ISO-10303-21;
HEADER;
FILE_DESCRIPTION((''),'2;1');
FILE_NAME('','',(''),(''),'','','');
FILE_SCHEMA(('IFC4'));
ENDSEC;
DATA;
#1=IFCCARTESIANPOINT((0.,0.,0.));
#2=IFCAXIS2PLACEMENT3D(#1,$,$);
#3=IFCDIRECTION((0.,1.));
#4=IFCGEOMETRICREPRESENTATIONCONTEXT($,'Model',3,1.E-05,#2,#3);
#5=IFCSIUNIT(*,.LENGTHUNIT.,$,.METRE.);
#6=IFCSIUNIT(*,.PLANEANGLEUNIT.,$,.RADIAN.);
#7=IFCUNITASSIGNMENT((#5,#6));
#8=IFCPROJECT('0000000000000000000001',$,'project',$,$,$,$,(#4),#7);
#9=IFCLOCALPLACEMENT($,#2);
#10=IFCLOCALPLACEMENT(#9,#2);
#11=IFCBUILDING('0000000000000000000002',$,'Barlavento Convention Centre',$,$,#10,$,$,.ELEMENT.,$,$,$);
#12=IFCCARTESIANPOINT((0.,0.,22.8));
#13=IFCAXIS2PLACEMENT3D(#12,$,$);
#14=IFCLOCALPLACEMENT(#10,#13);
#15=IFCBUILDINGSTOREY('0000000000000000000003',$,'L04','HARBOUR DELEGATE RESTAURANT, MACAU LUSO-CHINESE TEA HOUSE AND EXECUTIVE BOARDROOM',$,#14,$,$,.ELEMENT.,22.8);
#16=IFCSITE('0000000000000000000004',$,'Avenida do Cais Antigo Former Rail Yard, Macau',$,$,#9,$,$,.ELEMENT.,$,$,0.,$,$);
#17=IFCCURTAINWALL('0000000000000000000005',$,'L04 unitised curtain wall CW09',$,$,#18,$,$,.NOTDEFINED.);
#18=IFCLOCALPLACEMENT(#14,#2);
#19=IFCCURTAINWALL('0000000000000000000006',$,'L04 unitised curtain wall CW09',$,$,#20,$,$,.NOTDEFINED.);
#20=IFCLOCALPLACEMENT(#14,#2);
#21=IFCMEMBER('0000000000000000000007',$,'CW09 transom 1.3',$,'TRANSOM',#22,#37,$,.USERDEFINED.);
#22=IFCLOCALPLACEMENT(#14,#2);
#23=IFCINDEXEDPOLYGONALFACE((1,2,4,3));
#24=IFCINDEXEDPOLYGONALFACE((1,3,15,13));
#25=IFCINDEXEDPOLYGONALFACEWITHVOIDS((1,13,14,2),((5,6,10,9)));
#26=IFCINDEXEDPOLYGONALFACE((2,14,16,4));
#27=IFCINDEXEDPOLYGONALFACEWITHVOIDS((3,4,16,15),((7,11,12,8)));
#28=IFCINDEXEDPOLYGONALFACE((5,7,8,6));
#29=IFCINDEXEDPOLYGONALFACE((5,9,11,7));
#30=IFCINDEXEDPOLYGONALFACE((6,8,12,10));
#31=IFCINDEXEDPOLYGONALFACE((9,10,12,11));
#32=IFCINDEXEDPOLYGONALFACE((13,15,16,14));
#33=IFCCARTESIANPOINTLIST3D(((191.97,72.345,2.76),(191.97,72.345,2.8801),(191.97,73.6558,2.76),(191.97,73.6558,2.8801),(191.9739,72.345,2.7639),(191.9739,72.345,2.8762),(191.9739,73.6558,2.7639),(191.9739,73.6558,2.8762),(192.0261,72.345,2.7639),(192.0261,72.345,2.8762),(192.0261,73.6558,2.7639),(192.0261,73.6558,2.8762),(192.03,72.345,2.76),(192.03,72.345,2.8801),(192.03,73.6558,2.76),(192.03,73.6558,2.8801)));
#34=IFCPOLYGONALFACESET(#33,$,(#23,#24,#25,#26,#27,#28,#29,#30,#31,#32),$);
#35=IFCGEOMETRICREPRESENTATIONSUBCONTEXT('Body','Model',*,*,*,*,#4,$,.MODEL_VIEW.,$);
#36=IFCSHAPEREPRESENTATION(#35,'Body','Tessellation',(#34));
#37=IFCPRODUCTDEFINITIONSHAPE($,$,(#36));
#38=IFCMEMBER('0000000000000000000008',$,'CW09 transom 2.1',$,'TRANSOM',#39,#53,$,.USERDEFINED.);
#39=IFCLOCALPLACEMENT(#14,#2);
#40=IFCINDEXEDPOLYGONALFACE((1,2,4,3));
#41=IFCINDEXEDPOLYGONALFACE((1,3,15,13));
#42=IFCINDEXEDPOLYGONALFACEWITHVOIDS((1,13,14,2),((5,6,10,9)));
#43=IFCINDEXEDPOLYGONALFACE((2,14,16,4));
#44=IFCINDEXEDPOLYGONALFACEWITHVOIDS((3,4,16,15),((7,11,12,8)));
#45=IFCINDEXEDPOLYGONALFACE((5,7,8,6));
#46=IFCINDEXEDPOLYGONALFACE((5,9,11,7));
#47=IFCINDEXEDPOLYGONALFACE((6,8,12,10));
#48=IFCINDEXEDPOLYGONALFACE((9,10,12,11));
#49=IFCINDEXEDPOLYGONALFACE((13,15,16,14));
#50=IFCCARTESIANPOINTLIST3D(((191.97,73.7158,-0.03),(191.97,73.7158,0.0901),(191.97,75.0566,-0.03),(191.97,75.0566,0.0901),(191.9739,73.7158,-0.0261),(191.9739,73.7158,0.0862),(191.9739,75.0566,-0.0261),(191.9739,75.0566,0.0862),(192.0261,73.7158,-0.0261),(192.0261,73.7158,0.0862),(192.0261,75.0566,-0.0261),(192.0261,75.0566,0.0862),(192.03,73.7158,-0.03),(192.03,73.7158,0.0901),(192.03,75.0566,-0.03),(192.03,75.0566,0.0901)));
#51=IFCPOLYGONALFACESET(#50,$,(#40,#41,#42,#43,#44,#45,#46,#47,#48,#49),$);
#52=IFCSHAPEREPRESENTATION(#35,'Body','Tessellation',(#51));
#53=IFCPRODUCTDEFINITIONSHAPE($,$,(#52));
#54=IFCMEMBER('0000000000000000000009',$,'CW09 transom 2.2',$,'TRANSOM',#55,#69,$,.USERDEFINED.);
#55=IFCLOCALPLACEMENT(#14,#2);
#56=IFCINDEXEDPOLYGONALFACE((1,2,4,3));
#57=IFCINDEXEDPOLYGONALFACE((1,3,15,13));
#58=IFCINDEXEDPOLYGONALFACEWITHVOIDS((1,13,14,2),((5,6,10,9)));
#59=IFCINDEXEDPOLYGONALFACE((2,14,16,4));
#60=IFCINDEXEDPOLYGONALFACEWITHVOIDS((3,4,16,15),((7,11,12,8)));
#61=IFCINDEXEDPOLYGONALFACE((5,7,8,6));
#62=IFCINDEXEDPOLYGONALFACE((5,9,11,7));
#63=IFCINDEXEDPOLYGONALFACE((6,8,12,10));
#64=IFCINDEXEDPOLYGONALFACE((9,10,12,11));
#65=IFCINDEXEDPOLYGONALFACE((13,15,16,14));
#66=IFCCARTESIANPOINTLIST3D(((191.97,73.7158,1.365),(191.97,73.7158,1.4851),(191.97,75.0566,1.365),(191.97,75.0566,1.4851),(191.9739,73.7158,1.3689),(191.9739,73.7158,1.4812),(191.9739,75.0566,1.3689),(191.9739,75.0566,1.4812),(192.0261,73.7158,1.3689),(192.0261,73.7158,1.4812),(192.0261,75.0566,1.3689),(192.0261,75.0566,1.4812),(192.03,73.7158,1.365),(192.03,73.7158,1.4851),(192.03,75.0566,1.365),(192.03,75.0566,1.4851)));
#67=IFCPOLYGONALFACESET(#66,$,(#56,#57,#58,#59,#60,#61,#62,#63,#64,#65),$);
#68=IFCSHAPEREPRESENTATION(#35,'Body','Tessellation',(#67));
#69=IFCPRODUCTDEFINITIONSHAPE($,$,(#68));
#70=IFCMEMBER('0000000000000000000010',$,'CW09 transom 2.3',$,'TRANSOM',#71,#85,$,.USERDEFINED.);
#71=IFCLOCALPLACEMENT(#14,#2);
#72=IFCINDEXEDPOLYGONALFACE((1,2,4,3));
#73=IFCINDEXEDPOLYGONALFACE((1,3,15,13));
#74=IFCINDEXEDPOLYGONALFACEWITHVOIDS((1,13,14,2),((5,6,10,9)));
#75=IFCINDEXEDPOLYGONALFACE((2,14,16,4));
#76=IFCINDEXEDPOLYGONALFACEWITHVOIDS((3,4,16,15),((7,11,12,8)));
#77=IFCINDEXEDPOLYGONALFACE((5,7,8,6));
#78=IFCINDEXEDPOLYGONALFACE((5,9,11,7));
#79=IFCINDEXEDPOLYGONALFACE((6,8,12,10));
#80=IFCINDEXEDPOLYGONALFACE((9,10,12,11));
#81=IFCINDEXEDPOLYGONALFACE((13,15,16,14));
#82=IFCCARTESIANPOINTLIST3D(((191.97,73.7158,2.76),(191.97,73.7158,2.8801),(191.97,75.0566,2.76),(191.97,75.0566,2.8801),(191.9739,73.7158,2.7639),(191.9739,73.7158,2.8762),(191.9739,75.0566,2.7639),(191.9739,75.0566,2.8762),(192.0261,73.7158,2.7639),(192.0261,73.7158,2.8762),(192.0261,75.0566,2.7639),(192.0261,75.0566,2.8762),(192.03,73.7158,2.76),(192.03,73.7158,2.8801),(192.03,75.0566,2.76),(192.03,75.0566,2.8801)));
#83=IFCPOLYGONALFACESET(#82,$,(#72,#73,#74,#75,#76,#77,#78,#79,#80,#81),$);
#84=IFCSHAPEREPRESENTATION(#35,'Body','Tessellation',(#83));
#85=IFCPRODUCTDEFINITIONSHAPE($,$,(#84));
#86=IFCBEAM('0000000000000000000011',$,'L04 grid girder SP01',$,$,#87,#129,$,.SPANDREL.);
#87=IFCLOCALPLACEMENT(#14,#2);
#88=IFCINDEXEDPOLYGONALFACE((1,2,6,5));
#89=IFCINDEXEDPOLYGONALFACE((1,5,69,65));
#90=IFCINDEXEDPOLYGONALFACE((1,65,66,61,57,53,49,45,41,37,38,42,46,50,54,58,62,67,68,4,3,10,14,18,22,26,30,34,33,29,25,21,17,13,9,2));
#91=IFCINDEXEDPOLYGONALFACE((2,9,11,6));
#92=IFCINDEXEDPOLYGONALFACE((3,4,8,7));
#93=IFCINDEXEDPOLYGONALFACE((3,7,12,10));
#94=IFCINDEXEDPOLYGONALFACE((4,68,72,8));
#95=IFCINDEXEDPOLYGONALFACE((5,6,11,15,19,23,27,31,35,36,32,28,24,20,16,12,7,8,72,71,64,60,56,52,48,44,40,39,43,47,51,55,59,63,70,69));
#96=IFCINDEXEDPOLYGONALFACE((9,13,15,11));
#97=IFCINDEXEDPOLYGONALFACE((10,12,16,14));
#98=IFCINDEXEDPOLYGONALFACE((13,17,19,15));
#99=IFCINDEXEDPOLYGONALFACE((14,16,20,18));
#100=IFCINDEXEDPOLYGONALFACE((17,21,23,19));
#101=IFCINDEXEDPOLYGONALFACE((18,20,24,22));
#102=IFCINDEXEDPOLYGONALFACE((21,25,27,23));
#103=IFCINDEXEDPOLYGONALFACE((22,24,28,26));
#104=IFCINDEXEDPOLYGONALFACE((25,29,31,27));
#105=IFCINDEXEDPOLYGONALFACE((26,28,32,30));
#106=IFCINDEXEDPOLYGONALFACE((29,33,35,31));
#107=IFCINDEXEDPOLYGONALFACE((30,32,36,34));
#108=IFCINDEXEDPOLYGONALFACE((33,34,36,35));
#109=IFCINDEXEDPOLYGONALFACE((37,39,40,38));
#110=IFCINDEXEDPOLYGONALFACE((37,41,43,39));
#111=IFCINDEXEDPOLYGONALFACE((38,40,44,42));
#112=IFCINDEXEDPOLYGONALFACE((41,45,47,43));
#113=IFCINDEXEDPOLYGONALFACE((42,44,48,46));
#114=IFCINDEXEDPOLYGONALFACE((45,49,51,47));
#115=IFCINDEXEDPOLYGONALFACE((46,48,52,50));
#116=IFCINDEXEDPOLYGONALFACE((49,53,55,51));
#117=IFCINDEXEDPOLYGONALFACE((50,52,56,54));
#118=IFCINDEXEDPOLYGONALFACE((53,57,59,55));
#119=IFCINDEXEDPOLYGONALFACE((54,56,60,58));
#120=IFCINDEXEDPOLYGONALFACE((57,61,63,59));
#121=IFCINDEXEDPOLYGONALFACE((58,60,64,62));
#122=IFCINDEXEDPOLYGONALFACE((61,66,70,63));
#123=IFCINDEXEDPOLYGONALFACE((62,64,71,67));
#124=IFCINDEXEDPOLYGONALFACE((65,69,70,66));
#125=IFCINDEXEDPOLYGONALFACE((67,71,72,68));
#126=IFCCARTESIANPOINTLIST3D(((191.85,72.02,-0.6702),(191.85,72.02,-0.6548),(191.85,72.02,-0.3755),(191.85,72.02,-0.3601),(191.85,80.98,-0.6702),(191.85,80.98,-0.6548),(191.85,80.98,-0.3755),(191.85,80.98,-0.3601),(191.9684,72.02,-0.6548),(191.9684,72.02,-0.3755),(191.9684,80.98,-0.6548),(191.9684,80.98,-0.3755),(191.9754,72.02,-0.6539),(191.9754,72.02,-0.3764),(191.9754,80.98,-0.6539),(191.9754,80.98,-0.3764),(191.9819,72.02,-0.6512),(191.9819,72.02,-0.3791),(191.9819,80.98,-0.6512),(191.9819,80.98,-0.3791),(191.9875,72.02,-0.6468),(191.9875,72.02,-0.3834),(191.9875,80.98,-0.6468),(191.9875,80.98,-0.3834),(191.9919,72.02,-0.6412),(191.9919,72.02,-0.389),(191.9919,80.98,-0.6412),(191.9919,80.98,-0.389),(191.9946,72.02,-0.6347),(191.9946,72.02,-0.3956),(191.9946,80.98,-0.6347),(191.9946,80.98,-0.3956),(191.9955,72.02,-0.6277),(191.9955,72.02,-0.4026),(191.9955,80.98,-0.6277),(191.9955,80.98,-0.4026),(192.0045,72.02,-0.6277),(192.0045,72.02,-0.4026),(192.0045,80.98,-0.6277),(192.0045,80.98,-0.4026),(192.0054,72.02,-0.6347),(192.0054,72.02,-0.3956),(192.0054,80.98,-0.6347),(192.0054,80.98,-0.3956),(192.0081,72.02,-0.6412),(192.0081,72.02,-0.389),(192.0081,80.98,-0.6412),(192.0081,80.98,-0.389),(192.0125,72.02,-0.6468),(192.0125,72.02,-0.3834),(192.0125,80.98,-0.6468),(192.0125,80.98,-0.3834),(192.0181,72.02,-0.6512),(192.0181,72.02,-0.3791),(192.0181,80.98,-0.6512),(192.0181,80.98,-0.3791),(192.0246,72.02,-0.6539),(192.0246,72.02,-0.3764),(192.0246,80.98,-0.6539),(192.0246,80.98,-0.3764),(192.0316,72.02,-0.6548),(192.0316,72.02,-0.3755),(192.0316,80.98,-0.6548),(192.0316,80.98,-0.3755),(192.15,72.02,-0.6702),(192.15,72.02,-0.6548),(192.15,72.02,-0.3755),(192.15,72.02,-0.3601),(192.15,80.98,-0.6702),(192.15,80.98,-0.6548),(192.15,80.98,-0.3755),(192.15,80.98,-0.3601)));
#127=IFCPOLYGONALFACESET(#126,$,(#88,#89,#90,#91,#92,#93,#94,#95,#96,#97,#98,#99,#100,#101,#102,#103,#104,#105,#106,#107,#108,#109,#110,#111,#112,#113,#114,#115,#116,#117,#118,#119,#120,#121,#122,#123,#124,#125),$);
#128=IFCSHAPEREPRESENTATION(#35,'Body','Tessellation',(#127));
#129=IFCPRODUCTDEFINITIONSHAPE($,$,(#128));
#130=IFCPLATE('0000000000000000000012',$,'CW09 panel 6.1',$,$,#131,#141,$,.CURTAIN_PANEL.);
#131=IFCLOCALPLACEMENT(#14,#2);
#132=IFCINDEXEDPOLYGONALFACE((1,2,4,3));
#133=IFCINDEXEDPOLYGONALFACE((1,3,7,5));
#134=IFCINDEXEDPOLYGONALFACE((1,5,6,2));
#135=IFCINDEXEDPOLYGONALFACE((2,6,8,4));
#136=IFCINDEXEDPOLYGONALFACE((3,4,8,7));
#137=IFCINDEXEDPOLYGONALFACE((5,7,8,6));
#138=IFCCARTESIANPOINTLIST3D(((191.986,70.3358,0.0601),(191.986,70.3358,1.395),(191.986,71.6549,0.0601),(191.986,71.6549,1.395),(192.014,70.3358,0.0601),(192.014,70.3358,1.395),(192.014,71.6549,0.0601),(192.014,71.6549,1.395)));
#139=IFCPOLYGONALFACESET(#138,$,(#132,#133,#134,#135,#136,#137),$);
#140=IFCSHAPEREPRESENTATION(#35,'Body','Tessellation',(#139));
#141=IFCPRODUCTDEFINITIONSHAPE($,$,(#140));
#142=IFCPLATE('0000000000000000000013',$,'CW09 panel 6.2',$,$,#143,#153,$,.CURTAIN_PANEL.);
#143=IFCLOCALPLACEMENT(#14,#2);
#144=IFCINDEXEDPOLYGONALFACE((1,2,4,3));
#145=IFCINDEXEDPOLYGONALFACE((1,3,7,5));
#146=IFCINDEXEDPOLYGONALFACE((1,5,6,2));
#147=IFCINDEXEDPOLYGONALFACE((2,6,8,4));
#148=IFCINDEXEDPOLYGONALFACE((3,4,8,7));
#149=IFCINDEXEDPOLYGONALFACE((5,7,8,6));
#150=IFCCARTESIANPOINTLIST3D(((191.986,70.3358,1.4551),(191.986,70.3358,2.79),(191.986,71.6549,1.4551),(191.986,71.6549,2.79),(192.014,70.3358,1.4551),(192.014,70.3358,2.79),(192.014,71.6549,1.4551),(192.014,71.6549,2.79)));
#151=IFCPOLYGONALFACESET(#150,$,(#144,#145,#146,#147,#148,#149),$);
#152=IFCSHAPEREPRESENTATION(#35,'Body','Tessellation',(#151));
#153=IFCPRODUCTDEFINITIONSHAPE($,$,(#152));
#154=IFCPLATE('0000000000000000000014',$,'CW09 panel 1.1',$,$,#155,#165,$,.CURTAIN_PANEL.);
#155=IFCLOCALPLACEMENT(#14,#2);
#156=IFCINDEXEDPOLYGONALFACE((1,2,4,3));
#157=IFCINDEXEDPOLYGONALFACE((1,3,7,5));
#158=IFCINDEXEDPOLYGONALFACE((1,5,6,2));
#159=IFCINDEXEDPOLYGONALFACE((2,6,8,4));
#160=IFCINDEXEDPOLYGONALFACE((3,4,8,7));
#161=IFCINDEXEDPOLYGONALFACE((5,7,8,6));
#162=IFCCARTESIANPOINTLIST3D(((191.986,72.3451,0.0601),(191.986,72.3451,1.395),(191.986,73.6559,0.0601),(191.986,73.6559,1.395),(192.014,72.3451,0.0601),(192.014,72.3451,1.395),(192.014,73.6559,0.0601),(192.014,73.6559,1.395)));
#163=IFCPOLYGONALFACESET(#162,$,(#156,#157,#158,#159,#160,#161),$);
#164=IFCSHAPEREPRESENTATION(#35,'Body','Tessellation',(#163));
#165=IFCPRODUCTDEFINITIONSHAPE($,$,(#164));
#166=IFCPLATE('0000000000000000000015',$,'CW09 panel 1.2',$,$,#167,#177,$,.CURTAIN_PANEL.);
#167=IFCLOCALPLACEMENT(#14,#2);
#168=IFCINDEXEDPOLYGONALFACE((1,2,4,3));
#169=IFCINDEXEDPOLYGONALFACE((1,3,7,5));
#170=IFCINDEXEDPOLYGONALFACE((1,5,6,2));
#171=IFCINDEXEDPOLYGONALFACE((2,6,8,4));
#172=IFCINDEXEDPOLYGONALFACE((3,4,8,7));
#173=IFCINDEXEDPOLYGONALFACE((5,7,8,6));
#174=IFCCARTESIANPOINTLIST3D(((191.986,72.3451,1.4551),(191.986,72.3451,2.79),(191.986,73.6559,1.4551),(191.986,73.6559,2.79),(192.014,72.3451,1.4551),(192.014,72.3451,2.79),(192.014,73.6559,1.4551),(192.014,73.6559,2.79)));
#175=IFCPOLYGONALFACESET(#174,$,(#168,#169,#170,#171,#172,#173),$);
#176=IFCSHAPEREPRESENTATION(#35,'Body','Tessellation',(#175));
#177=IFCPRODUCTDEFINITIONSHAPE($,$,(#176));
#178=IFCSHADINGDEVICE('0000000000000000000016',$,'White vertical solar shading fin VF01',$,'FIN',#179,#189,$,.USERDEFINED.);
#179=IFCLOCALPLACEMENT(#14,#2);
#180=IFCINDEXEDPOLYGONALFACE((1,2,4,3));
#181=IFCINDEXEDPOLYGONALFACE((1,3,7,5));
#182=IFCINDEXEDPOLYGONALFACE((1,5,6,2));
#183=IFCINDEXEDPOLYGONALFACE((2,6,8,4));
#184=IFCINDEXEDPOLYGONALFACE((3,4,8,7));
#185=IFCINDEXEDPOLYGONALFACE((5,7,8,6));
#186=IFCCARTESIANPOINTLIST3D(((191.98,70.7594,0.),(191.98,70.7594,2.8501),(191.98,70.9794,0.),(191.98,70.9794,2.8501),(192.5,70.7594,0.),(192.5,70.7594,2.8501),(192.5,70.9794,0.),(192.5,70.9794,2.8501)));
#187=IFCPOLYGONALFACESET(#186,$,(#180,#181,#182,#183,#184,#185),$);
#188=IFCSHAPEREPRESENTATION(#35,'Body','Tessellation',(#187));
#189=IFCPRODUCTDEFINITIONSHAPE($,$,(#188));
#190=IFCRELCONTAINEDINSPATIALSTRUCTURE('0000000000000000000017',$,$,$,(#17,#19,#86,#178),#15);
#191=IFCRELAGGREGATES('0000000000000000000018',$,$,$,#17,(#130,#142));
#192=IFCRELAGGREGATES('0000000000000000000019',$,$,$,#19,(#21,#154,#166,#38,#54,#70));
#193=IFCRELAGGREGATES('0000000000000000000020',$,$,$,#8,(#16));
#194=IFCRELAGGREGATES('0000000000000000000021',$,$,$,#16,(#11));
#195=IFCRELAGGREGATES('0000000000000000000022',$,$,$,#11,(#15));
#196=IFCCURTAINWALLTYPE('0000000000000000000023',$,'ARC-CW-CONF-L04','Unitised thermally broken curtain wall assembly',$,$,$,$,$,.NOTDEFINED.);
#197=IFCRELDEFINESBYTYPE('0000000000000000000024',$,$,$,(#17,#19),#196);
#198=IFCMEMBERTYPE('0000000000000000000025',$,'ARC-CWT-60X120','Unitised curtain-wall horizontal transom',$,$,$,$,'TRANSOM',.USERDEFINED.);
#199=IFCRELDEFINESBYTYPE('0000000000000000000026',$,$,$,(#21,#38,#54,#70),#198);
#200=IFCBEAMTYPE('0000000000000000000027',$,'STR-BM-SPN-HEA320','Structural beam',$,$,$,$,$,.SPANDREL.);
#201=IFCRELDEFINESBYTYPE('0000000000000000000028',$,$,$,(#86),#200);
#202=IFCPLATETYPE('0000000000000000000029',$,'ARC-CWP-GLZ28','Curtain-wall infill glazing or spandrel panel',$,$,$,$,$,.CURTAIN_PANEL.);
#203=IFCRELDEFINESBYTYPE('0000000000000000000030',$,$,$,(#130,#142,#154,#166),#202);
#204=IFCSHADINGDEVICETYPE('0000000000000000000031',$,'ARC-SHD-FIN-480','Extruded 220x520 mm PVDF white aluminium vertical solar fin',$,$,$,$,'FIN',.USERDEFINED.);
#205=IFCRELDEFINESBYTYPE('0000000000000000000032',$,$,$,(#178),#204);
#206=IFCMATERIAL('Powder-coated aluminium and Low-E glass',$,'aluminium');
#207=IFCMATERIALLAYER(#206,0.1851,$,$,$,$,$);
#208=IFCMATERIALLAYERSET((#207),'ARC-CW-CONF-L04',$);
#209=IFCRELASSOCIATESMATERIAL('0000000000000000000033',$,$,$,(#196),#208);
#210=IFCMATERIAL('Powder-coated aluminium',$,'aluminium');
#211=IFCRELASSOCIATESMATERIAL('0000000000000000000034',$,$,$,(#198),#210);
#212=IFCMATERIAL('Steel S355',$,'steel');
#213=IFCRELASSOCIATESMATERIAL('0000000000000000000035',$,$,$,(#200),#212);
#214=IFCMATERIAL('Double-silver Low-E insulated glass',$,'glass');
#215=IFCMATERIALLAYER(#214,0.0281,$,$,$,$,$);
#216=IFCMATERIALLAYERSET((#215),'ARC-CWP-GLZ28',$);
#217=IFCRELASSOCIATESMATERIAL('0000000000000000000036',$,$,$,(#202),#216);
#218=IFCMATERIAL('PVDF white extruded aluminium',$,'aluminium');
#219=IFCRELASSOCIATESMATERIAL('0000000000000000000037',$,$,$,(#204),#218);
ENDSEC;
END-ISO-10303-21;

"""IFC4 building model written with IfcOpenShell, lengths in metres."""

from ifc_helpers import new_model, si_unit, direction, frame, origin, origin_2d, place, context, subcontext, project, spatial, rectangle, hollow_rectangle, i_section, extrude, material, layer, layer_set, material_profile, profile_set, type_object, element, aggregate, save


model = new_model("IFC4")

# Units and contexts
model_context = context("Model", 3, precision=1e-05, world=origin(), true_north=direction((0.0, 1.0)))
body_context = subcontext(model_context, "Body", "Model", "MODEL_VIEW")
ifc_project = project(units=[si_unit("LENGTHUNIT", "METRE"), si_unit("PLANEANGLEUNIT", "RADIAN")], contexts=[model_context])

# Site, building, storey
site_placement = place(None, origin())
site = spatial("IfcSite", under=ifc_project, at=site_placement, Name="Avenida do Cais Antigo Former Rail Yard, Macau", CompositionType="ELEMENT", RefElevation=0.0)
building_placement = place(site_placement, origin())
building = spatial("IfcBuilding", under=site, at=building_placement, Name="Barlavento Convention Centre", CompositionType="ELEMENT")
storey_placement = place(building_placement, frame((0.0, 0.0, 22.8)))
storey = spatial("IfcBuildingStorey", under=building, at=storey_placement, Name="L04", Description="HARBOUR DELEGATE RESTAURANT, MACAU LUSO-CHINESE TEA HOUSE AND EXECUTIVE BOARDROOM", CompositionType="ELEMENT", Elevation=22.8)

# Shared definitions
ifc_material_1 = material(Name="Steel S355", Category="steel")

# Curtain wall
ifc_material_2 = material(Name="Powder-coated aluminium and Low-E glass", Category="aluminium")
ifc_layer_1 = layer(ifc_material_2, 0.1851)
ifc_layer_set_1 = layer_set([ifc_layer_1], Name="ARC-CW-CONF-L04")
curtain_wall_type = type_object("IfcCurtainWallType", Name="ARC-CW-CONF-L04", Description="Unitised thermally broken curtain wall assembly", PredefinedType="NOTDEFINED", material=ifc_layer_set_1)
curtain_wall_1_placement = place(storey_placement, origin())
curtain_wall_1 = element("IfcCurtainWall", 1, at=curtain_wall_1_placement, inside=storey, type_object=curtain_wall_type, Name="L04 unitised curtain wall CW09", PredefinedType="NOTDEFINED")
ifc_material_3 = material(Name="Powder-coated aluminium", Category="aluminium")

# Curtain wall
curtain_wall_2_placement = place(storey_placement, origin())
curtain_wall_2 = element("IfcCurtainWall", 2, at=curtain_wall_2_placement, inside=storey, type_object=curtain_wall_type, Name="L04 unitised curtain wall CW09", PredefinedType="NOTDEFINED")

# Members
ifc_material_profile_1 = material_profile(ifc_material_3, hollow_rectangle(XDim=0.0601, YDim=0.1201, WallThickness=0.0039, at=origin_2d()), Name="AL-TRAN 60x120x4")
ifc_profile_set_1 = profile_set([ifc_material_profile_1], Name="Powder-coated aluminium")
member_type_1 = type_object("IfcMemberType", Name="ARC-CWT-60X120", Description="Unitised curtain-wall horizontal transom", ElementType="TRANSOM", PredefinedType="USERDEFINED", material=ifc_profile_set_1)
member_1_placement = place(storey_placement, frame((192.0, 72.345, 2.8201), z_axis=(0.0, 1.0, 0.0), x_axis=(-1.0, 0.0, 0.0)))
member_1 = element("IfcMember", 3, at=member_1_placement, type_object=member_type_1, Name="CW09 transom 1.3", ObjectType="TRANSOM", PredefinedType="USERDEFINED", context=body_context, shape_type="SweptSolid", body=[
    extrude(hollow_rectangle(XDim=0.0601, YDim=0.1201, WallThickness=0.0039, at=origin_2d()), origin(), (0.0, 0.0, 1.0), 1.3108),
])
member_2_placement = place(storey_placement, frame((192.0, 73.7158, 0.03), z_axis=(0.0, 1.0, 0.0), x_axis=(-1.0, 0.0, 0.0)))
member_2 = element("IfcMember", 4, at=member_2_placement, type_object=member_type_1, Name="CW09 transom 2.1", ObjectType="TRANSOM", PredefinedType="USERDEFINED", context=body_context, shape_type="SweptSolid", body=[
    extrude(hollow_rectangle(XDim=0.0601, YDim=0.1201, WallThickness=0.0039, at=origin_2d()), origin(), (0.0, 0.0, 1.0), 1.3408),
])
member_3_placement = place(storey_placement, frame((192.0, 73.7158, 1.425), z_axis=(0.0, 1.0, 0.0), x_axis=(-1.0, 0.0, 0.0)))
member_3 = element("IfcMember", 5, at=member_3_placement, type_object=member_type_1, Name="CW09 transom 2.2", ObjectType="TRANSOM", PredefinedType="USERDEFINED", context=body_context, shape_type="SweptSolid", body=[
    extrude(hollow_rectangle(XDim=0.0601, YDim=0.1201, WallThickness=0.0039, at=origin_2d()), origin(), (0.0, 0.0, 1.0), 1.3408),
])
member_4_placement = place(storey_placement, frame((192.0, 73.7158, 2.8201), z_axis=(0.0, 1.0, 0.0), x_axis=(-1.0, 0.0, 0.0)))
member_4 = element("IfcMember", 6, at=member_4_placement, type_object=member_type_1, Name="CW09 transom 2.3", ObjectType="TRANSOM", PredefinedType="USERDEFINED", context=body_context, shape_type="SweptSolid", body=[
    extrude(hollow_rectangle(XDim=0.0601, YDim=0.1201, WallThickness=0.0039, at=origin_2d()), origin(), (0.0, 0.0, 1.0), 1.3408),
])

# Beam
ifc_material_profile_2 = material_profile(ifc_material_1, i_section(OverallWidth=0.3, OverallDepth=0.3101, WebThickness=0.009, FlangeThickness=0.0154, FilletRadius=0.0271, at=origin_2d()), Name="HEA 320")
ifc_profile_set_2 = profile_set([ifc_material_profile_2], Name="Steel S355")
beam_type = type_object("IfcBeamType", Name="STR-BM-SPN-HEA320", Description="Structural beam", PredefinedType="SPANDREL", material=ifc_profile_set_2)
beam_placement = place(storey_placement, frame((192.0, 72.02, -0.5151), z_axis=(0.0, 1.0, 0.0), x_axis=(-1.0, 0.0, 0.0)))
element("IfcBeam", 7, at=beam_placement, inside=storey, type_object=beam_type, Name="L04 grid girder SP01", PredefinedType="SPANDREL", context=body_context, shape_type="SweptSolid", body=[
    extrude(i_section(OverallWidth=0.3, OverallDepth=0.3101, WebThickness=0.009, FlangeThickness=0.0154, FilletRadius=0.0271, at=origin_2d()), origin(), (0.0, 0.0, 1.0), 8.96),
])

# Plates
ifc_material_4 = material(Name="Double-silver Low-E insulated glass", Category="glass")
ifc_layer_2 = layer(ifc_material_4, 0.0281)
ifc_layer_set_2 = layer_set([ifc_layer_2], Name="ARC-CWP-GLZ28")
plate_type = type_object("IfcPlateType", Name="ARC-CWP-GLZ28", Description="Curtain-wall infill glazing or spandrel panel", PredefinedType="CURTAIN_PANEL", material=ifc_layer_set_2)
plate_1_placement = place(storey_placement, frame((192.0, 70.9954, 0.0601), z_axis=(0.0, 0.0, 1.0), x_axis=(0.0, 1.0, 0.0)))
plate_1 = element("IfcPlate", 8, at=plate_1_placement, type_object=plate_type, Name="CW09 panel 6.1", PredefinedType="CURTAIN_PANEL", context=body_context, shape_type="SweptSolid", body=[
    extrude(rectangle(XDim=1.3191, YDim=0.0281, at=origin_2d()), origin(), (0.0, 0.0, 1.0), 1.335),
])
plate_2_placement = place(storey_placement, frame((192.0, 70.9954, 1.4551), z_axis=(0.0, 0.0, 1.0), x_axis=(0.0, 1.0, 0.0)))
plate_2 = element("IfcPlate", 9, at=plate_2_placement, type_object=plate_type, Name="CW09 panel 6.2", PredefinedType="CURTAIN_PANEL", context=body_context, shape_type="SweptSolid", body=[
    extrude(rectangle(XDim=1.3191, YDim=0.0281, at=origin_2d()), origin(), (0.0, 0.0, 1.0), 1.335),
])
aggregate(curtain_wall_1, [plate_1, plate_2])
plate_3_placement = place(storey_placement, frame((192.0, 73.0005, 0.0601), z_axis=(0.0, 0.0, 1.0), x_axis=(0.0, 1.0, 0.0)))
plate_3 = element("IfcPlate", 10, at=plate_3_placement, type_object=plate_type, Name="CW09 panel 1.1", PredefinedType="CURTAIN_PANEL", context=body_context, shape_type="SweptSolid", body=[
    extrude(rectangle(XDim=1.3108, YDim=0.0281, at=origin_2d()), origin(), (0.0, 0.0, 1.0), 1.335),
])
plate_4_placement = place(storey_placement, frame((192.0, 73.0005, 1.4551), z_axis=(0.0, 0.0, 1.0), x_axis=(0.0, 1.0, 0.0)))
plate_4 = element("IfcPlate", 11, at=plate_4_placement, type_object=plate_type, Name="CW09 panel 1.2", PredefinedType="CURTAIN_PANEL", context=body_context, shape_type="SweptSolid", body=[
    extrude(rectangle(XDim=1.3108, YDim=0.0281, at=origin_2d()), origin(), (0.0, 0.0, 1.0), 1.335),
])
aggregate(curtain_wall_2, [member_1, plate_3, plate_4, member_2, member_3, member_4])

# Shading device
ifc_material_5 = material(Name="PVDF white extruded aluminium", Category="aluminium")
shading_device_type = type_object("IfcShadingDeviceType", Name="ARC-SHD-FIN-480", Description="Extruded 220x520 mm PVDF white aluminium vertical solar fin", ElementType="FIN", PredefinedType="USERDEFINED", material=ifc_material_5)
for number, where, z_axis, x_axis, name in (
    (12, (192.24, 70.8694, 0.0), (0.0, 0.0, 1.0), (0.0, 1.0, 0.0), "White vertical solar shading fin VF01"),
):
    element("IfcShadingDevice", number, at=place(storey_placement, frame(where, z_axis=z_axis, x_axis=x_axis)), inside=storey, type_object=shading_device_type, Name=name, ObjectType="FIN", PredefinedType="USERDEFINED", context=body_context, shape_type="SweptSolid", body=[
        extrude(rectangle(XDim=0.22, YDim=0.52, at=origin_2d()), origin(), (0.0, 0.0, 1.0), 2.8501),
    ])

save(model, "model.ifc")
